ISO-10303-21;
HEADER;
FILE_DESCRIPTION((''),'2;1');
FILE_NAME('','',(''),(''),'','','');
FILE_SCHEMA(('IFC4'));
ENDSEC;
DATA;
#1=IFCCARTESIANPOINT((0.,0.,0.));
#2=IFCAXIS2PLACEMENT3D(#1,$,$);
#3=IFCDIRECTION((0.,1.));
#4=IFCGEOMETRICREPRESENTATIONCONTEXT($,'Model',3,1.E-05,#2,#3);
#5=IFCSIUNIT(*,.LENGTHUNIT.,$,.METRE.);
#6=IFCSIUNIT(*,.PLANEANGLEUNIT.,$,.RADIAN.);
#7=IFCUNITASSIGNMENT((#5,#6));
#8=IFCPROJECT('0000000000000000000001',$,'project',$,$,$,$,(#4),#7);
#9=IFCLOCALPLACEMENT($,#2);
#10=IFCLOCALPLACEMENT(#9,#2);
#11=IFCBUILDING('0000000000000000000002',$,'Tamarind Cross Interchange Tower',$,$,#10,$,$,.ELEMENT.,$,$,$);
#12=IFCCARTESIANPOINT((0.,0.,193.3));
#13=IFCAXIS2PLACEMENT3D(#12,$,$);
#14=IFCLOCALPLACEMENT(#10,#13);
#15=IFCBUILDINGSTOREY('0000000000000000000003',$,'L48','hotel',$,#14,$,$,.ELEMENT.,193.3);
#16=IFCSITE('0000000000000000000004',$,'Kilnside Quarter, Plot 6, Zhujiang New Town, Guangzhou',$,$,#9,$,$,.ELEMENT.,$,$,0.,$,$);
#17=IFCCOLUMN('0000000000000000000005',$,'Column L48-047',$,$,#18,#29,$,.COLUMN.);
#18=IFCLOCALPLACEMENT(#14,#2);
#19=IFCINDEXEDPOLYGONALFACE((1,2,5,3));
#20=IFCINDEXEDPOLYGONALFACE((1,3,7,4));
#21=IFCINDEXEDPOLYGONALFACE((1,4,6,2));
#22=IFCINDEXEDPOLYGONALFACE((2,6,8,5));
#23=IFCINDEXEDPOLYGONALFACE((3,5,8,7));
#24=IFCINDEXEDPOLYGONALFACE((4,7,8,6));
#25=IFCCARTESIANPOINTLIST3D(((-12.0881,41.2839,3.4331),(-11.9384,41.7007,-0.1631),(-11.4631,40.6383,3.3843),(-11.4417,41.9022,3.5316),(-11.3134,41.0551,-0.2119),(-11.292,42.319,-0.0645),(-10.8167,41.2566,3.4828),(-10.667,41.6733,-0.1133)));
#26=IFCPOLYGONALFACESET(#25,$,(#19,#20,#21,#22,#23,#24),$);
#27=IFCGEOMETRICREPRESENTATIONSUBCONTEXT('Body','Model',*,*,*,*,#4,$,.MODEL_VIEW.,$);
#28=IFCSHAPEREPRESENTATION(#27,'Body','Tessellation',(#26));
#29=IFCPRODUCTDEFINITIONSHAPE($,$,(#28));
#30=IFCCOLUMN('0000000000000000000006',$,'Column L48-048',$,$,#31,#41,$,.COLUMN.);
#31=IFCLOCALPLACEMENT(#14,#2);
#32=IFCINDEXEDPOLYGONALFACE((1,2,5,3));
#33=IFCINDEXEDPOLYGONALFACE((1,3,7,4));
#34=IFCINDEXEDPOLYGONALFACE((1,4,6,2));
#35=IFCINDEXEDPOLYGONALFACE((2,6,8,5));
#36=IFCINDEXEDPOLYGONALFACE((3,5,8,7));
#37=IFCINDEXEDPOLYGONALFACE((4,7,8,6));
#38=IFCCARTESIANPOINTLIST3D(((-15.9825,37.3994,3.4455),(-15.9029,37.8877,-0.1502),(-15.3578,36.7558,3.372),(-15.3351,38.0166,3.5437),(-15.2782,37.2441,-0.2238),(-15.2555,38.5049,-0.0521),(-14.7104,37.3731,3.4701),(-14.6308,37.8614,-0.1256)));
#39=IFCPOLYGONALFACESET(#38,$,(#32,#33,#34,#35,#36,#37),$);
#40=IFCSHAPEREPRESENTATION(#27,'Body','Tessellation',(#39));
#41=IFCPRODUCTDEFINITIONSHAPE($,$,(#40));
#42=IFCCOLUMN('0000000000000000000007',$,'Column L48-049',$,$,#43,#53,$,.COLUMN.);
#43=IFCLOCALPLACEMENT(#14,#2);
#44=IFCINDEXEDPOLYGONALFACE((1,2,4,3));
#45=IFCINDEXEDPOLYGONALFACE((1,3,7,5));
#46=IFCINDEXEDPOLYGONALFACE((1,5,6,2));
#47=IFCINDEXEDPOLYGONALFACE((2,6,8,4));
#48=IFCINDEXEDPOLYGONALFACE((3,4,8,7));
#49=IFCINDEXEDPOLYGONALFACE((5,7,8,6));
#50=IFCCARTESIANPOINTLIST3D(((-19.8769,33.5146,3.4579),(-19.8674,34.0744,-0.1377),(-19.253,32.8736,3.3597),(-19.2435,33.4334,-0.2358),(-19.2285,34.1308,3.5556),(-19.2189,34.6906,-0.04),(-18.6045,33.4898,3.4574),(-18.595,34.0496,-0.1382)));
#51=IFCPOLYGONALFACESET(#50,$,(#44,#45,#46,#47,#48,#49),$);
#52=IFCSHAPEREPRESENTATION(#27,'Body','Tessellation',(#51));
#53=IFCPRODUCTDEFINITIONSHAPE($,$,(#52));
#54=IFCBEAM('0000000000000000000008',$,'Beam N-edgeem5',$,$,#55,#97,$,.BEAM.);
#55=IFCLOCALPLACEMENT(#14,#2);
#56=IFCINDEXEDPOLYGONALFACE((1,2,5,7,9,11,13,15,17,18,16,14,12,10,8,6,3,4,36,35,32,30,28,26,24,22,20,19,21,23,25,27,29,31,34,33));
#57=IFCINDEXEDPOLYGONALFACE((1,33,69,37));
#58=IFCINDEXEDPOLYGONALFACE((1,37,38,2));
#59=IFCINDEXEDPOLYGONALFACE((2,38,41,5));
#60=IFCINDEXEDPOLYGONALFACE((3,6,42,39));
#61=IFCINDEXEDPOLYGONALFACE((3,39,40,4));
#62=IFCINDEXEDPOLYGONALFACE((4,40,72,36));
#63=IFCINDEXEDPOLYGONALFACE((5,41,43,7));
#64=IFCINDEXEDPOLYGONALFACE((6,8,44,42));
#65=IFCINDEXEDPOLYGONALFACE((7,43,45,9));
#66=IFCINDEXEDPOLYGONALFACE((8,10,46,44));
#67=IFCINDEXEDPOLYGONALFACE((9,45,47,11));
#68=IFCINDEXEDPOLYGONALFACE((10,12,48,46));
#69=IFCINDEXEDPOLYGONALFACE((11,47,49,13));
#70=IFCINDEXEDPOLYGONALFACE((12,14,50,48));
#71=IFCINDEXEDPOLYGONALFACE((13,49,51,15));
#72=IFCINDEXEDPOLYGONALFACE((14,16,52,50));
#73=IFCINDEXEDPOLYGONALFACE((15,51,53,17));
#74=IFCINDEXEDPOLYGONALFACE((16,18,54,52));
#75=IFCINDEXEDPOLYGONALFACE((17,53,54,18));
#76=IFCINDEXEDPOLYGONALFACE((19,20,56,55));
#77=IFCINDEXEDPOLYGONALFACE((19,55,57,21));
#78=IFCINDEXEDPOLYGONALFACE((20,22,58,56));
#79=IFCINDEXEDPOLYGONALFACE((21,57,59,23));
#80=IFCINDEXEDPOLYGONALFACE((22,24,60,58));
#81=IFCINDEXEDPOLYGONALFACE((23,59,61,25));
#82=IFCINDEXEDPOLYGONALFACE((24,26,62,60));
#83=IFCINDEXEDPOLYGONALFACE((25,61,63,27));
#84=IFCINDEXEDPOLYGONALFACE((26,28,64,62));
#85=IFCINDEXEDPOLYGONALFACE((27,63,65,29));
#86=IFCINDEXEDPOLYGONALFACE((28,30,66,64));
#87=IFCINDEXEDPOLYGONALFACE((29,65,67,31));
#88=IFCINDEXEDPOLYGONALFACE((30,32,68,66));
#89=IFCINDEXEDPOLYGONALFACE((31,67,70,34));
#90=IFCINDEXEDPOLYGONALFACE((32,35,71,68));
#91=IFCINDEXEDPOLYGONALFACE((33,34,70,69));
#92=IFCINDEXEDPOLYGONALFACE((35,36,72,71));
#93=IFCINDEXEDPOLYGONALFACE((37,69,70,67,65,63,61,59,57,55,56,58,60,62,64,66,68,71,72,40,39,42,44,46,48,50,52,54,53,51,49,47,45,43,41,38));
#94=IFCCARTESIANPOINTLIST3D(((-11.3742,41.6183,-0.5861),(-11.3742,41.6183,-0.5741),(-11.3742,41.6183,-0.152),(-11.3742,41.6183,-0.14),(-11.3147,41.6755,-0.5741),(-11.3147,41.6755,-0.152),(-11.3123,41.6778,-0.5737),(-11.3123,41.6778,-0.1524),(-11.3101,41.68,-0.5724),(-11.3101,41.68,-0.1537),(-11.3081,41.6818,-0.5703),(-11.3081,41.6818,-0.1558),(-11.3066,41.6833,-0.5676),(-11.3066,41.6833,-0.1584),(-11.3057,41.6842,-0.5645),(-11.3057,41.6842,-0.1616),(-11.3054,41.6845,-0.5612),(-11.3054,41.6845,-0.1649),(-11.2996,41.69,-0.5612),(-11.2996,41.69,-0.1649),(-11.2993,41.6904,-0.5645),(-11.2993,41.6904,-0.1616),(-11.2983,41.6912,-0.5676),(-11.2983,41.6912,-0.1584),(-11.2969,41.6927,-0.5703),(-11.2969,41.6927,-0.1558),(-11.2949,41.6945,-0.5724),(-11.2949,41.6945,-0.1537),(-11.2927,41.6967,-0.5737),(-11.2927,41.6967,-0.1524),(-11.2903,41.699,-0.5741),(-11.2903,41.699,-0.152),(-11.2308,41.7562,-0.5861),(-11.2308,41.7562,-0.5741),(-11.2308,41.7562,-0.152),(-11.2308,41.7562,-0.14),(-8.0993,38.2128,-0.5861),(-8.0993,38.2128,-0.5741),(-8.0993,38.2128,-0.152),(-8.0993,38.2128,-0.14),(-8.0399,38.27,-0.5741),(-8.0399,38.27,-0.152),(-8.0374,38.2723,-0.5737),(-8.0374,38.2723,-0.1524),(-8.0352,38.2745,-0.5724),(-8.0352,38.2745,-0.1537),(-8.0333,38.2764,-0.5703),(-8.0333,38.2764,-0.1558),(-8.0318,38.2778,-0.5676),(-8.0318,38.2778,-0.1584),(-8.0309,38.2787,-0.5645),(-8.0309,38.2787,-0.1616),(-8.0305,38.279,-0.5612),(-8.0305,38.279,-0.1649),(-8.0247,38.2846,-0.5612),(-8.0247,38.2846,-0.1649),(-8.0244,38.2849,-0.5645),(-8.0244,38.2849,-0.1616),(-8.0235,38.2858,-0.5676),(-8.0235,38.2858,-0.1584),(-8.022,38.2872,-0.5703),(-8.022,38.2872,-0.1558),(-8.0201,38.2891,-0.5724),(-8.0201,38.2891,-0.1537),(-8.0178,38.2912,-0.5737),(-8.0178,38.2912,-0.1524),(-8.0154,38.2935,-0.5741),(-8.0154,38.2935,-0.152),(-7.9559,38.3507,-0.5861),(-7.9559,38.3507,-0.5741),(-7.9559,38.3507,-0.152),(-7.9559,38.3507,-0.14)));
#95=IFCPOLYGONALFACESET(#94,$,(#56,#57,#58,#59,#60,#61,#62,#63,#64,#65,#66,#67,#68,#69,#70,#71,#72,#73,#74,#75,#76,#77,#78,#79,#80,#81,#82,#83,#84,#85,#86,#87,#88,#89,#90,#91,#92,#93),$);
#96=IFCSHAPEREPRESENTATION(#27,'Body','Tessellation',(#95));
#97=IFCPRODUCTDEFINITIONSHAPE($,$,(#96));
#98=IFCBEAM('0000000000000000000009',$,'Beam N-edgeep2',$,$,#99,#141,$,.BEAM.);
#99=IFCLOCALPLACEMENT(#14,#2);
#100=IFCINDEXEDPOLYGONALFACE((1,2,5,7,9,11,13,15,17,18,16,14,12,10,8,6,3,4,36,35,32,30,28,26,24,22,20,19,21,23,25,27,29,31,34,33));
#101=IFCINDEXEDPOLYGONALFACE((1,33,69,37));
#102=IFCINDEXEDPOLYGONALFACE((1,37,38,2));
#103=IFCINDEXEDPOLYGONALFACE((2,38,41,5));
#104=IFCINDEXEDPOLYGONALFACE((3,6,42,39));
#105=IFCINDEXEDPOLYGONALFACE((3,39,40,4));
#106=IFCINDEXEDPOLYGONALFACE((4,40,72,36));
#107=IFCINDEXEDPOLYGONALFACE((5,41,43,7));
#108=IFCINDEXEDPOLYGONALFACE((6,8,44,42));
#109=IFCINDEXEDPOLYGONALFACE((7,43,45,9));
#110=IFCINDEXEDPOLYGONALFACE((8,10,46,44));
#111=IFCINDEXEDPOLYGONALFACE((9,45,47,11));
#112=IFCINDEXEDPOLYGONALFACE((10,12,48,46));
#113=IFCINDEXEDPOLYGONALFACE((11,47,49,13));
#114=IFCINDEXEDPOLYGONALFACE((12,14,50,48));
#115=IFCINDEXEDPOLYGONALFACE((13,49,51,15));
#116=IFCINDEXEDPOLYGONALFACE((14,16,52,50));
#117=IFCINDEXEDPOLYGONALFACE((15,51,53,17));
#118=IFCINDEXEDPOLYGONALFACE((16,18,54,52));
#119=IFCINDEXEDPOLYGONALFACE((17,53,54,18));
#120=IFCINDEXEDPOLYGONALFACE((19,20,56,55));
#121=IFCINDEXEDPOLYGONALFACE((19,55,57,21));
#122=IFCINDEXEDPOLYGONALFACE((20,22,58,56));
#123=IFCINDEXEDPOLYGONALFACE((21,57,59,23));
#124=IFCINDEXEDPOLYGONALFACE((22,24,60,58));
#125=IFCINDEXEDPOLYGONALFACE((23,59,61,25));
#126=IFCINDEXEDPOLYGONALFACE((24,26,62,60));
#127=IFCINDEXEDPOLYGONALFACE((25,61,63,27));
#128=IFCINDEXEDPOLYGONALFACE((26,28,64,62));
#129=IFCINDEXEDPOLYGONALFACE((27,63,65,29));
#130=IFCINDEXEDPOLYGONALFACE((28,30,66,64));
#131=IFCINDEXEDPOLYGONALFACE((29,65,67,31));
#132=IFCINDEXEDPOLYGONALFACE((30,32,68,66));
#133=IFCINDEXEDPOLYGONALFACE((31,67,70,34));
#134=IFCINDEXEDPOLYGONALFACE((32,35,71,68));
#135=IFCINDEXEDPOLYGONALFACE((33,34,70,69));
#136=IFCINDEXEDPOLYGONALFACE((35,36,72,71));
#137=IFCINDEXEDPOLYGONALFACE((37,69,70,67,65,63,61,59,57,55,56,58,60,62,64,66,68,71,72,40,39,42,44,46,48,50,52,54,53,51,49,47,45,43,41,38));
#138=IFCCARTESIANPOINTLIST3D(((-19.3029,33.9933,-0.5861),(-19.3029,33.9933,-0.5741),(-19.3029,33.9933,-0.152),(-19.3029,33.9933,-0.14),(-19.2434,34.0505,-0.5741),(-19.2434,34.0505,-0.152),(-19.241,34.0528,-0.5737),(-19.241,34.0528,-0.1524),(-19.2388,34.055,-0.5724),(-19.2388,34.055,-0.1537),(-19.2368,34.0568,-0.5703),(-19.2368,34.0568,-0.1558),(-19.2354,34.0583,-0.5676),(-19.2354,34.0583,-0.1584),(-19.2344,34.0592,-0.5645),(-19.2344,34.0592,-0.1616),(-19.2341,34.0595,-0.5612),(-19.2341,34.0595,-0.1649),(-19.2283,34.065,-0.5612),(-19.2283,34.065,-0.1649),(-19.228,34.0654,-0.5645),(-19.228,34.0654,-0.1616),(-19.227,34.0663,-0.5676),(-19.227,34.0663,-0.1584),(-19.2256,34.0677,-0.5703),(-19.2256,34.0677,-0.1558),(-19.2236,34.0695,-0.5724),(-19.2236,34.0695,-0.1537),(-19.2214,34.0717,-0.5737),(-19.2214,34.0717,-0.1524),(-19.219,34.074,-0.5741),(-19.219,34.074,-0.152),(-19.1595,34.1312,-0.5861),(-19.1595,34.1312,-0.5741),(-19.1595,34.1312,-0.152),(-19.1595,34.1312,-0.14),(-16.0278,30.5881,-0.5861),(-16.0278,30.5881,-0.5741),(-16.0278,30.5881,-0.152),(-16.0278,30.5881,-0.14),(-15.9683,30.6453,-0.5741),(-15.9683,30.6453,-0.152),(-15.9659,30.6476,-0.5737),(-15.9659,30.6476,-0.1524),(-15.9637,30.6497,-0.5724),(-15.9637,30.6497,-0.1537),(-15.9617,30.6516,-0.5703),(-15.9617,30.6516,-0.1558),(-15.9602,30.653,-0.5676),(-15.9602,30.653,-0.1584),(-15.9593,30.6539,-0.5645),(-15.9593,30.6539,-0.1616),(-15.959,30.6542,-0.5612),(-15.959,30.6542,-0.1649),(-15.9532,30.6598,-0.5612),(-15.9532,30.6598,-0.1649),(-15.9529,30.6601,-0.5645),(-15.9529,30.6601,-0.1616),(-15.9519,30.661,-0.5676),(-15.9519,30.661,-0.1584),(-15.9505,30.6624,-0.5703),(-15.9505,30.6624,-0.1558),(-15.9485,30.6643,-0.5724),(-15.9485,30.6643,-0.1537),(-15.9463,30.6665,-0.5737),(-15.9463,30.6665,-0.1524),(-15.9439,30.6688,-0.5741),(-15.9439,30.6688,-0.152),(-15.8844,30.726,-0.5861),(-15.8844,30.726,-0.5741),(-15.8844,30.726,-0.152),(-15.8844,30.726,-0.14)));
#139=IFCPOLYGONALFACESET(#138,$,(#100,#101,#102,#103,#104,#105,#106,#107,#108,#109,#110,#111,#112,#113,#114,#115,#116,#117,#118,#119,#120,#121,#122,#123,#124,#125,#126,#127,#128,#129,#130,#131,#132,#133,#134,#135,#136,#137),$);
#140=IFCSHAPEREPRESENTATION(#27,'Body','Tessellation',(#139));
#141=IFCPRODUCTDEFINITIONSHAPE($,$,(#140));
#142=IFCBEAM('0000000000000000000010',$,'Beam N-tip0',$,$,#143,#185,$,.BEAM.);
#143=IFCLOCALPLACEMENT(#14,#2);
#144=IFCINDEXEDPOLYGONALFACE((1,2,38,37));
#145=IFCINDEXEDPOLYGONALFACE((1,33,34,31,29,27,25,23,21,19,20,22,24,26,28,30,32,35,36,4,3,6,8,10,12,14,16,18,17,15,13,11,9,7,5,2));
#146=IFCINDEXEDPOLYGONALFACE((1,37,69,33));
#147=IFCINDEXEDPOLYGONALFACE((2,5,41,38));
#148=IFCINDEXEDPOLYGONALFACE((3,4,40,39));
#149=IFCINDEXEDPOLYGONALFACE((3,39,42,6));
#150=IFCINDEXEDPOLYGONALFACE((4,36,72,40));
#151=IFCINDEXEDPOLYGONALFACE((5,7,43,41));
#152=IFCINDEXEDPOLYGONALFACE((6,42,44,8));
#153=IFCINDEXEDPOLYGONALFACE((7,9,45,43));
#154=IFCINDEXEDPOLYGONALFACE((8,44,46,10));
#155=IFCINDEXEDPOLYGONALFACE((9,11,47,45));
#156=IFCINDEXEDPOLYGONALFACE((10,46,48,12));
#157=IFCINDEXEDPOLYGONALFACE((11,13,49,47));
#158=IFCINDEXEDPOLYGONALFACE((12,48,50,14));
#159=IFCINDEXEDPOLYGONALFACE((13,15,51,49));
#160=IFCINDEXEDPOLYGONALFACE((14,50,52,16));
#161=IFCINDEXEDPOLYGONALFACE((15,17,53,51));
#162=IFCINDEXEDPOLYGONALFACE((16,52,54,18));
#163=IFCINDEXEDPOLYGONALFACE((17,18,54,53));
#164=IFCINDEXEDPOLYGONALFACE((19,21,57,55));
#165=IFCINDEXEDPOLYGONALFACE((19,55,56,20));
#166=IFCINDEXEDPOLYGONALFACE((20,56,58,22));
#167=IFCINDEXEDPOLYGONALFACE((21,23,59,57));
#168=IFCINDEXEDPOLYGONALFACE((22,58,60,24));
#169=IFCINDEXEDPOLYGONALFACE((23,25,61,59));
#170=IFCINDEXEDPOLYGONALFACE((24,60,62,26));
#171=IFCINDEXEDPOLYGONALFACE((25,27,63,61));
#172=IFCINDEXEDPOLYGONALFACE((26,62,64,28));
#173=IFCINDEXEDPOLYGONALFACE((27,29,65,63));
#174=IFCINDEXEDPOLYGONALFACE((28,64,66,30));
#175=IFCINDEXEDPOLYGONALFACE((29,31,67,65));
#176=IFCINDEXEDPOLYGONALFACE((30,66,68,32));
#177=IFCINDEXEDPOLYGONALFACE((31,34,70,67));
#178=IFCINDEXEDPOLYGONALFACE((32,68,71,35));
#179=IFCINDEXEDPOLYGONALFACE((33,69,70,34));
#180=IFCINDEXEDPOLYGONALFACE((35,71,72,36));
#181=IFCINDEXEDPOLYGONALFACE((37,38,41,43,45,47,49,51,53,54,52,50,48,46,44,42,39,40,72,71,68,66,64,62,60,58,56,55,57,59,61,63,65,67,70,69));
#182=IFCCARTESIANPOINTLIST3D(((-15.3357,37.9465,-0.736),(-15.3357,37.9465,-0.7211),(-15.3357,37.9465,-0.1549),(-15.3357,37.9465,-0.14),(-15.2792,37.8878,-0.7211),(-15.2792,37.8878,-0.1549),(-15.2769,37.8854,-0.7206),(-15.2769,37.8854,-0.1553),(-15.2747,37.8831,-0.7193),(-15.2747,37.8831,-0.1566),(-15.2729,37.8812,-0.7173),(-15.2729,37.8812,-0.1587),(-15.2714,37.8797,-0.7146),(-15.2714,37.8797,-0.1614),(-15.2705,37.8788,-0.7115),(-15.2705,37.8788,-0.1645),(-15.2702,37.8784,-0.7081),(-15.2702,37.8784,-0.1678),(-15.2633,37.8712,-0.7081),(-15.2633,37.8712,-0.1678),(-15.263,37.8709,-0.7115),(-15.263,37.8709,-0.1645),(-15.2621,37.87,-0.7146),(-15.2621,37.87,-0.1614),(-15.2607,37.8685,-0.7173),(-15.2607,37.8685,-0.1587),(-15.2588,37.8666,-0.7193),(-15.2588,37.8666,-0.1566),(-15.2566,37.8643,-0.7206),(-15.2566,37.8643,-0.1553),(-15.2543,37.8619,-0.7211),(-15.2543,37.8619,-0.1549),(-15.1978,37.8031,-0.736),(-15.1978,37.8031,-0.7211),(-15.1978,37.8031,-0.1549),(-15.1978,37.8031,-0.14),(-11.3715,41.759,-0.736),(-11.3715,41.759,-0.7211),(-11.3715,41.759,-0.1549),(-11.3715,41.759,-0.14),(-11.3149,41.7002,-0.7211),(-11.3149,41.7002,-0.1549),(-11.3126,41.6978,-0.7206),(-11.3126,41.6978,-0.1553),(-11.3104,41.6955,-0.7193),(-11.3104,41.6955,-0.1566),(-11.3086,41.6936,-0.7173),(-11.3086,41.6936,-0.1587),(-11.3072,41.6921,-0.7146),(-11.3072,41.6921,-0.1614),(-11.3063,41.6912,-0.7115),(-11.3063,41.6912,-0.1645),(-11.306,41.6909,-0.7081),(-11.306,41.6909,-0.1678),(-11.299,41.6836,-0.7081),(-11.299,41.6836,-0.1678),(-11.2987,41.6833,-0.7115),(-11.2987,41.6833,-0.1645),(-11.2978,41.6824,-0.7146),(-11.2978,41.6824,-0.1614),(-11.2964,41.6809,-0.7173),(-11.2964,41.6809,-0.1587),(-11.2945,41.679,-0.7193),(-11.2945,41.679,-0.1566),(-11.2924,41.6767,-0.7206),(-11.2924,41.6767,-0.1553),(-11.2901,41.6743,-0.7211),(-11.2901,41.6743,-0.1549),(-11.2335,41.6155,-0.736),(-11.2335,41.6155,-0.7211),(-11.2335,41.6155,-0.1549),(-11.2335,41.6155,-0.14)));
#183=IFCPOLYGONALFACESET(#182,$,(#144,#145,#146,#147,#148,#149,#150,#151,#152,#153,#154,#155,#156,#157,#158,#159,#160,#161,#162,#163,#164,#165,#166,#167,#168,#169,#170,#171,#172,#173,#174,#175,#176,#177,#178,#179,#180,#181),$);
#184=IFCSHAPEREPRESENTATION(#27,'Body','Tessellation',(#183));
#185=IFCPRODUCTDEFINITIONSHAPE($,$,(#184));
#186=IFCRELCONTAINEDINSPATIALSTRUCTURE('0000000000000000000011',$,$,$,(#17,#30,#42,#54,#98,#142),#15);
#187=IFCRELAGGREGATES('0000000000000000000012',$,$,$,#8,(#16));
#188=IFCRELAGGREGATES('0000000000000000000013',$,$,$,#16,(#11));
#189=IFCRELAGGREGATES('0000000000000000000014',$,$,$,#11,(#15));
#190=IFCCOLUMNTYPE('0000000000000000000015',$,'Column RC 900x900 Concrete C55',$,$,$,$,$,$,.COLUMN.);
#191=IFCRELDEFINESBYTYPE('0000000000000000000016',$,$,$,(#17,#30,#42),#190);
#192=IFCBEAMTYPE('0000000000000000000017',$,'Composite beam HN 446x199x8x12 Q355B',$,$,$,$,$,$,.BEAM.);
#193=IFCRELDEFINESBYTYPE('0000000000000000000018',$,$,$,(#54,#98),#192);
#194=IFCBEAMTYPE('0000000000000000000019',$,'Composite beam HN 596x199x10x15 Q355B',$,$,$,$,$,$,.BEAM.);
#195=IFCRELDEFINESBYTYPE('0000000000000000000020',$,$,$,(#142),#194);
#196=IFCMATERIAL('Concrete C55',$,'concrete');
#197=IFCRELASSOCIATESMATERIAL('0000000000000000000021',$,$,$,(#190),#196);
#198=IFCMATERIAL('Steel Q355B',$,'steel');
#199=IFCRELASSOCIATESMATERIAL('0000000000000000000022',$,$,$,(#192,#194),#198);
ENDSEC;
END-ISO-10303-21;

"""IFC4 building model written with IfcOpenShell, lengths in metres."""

from ifc_helpers import new_model, si_unit, direction, frame, origin, origin_2d, place, context, subcontext, project, spatial, rectangle, i_section, extrude, material, material_profile, profile_set, type_object, element, save


model = new_model("IFC4")

# Units and contexts
model_context = context("Model", 3, precision=1e-05, world=origin(), true_north=direction((0.0, 1.0)))
body_context = subcontext(model_context, "Body", "Model", "MODEL_VIEW")
ifc_project = project(units=[si_unit("LENGTHUNIT", "METRE"), si_unit("PLANEANGLEUNIT", "RADIAN")], contexts=[model_context])

# Site, building, storey
site_placement = place(None, origin())
site = spatial("IfcSite", under=ifc_project, at=site_placement, Name="Kilnside Quarter, Plot 6, Zhujiang New Town, Guangzhou", CompositionType="ELEMENT", RefElevation=0.0)
building_placement = place(site_placement, origin())
building = spatial("IfcBuilding", under=site, at=building_placement, Name="Tamarind Cross Interchange Tower", CompositionType="ELEMENT")
storey_placement = place(building_placement, frame((0.0, 0.0, 193.3)))
storey = spatial("IfcBuildingStorey", under=building, at=storey_placement, Name="L48", Description="hotel", CompositionType="ELEMENT", Elevation=193.3)

# Columns
ifc_material_1 = material(Name="Concrete C55", Category="concrete")
ifc_material_profile_1 = material_profile(ifc_material_1, rectangle(XDim=0.8999, YDim=0.8999, at=origin_2d()), Name="RC 900x900")
ifc_profile_set_1 = profile_set([ifc_material_profile_1], Name="Concrete C55")
column_type = type_object("IfcColumnType", Name="Column RC 900x900 Concrete C55", PredefinedType="COLUMN", material=ifc_profile_set_1)
column_1_placement = place(storey_placement, frame((-11.3027, 41.687, -0.1382), z_axis=(-0.041304, -0.115017, 0.992504), x_axis=(0.718308, 0.687053, 0.109513)))
element("IfcColumn", 1, at=column_1_placement, inside=storey, type_object=column_type, Name="Column L48-047", PredefinedType="COLUMN", context=body_context, shape_type="SweptSolid", body=[
    extrude(rectangle(XDim=0.8999, YDim=0.8999, at=origin_2d()), origin(), (0.0, 0.0, 1.0), 3.6233),
])
column_2_placement = place(storey_placement, frame((-15.2668, 37.8745, -0.1379), z_axis=(-0.021928, -0.134528, 0.990667), x_axis=(0.719471, 0.685905, 0.109068)))
element("IfcColumn", 2, at=column_2_placement, inside=storey, type_object=column_type, Name="Column L48-048", PredefinedType="COLUMN", context=body_context, shape_type="SweptSolid", body=[
    extrude(rectangle(XDim=0.8999, YDim=0.8999, at=origin_2d()), origin(), (0.0, 0.0, 1.0), 3.6296),
])
column_3_placement = place(storey_placement, frame((-19.2312, 34.062, -0.1379), z_axis=(-0.002616, -0.153836, 0.988093), x_axis=(0.720593, 0.684812, 0.108526)))
element("IfcColumn", 3, at=column_3_placement, inside=storey, type_object=column_type, Name="Column L48-049", PredefinedType="COLUMN", context=body_context, shape_type="SweptSolid", body=[
    extrude(rectangle(XDim=0.8999, YDim=0.8999, at=origin_2d()), origin(), (0.0, 0.0, 1.0), 3.6389),
])

# Beams
ifc_material_2 = material(Name="Steel Q355B", Category="steel")
ifc_material_profile_2 = material_profile(ifc_material_2, i_section(OverallWidth=0.199, OverallDepth=0.446, WebThickness=0.0081, FlangeThickness=0.012, FilletRadius=0.0129, at=origin_2d()), Name="HN 446x199x8x12")
ifc_profile_set_2 = profile_set([ifc_material_profile_2], Name="Steel Q355B")
beam_type_1 = type_object("IfcBeamType", Name="Composite beam HN 446x199x8x12 Q355B", PredefinedType="BEAM", material=ifc_profile_set_2)
for number, where, z_axis, x_axis, name in (
    (4, (-11.3025, 41.6873, -0.363), (0.693149, -0.720794, 0.0), (0.720794, 0.693149, 0.0), "Beam N-edgeem5"),
    (5, (-19.2312, 34.0623, -0.363), (0.693202, -0.720744, 0.0), (0.720744, 0.693202, 0.0), "Beam N-edgeep2"),
):
    element("IfcBeam", number, at=place(storey_placement, frame(where, z_axis=z_axis, x_axis=x_axis)), inside=storey, type_object=beam_type_1, Name=name, PredefinedType="BEAM", context=body_context, shape_type="SweptSolid", body=[
        extrude(i_section(OverallWidth=0.199, OverallDepth=0.446, WebThickness=0.0081, FlangeThickness=0.012, FilletRadius=0.0129, at=origin_2d()), origin(), (0.0, 0.0, 1.0), 4.7246),
    ])
ifc_material_profile_3 = material_profile(ifc_material_2, i_section(OverallWidth=0.199, OverallDepth=0.5959, WebThickness=0.01, FlangeThickness=0.0149, FilletRadius=0.0129, at=origin_2d()), Name="HN 596x199x10x15")
ifc_profile_set_3 = profile_set([ifc_material_profile_3], Name="Steel Q355B")
beam_type_2 = type_object("IfcBeamType", Name="Composite beam HN 596x199x10x15 Q355B", PredefinedType="BEAM", material=ifc_profile_set_3)
for number, where, z_axis, x_axis, name in (
    (6, (-11.3025, 41.6873, -0.438), (-0.720777, -0.693167, 0.0), (0.693167, -0.720777, 0.0), "Beam N-tip0"),
):
    element("IfcBeam", number, at=place(storey_placement, frame(where, z_axis=z_axis, x_axis=x_axis)), inside=storey, type_object=beam_type_2, Name=name, PredefinedType="BEAM", context=body_context, shape_type="SweptSolid", body=[
        extrude(i_section(OverallWidth=0.199, OverallDepth=0.5959, WebThickness=0.01, FlangeThickness=0.0149, FilletRadius=0.0129, at=origin_2d()), origin(), (0.0, 0.0, 1.0), 5.5),
    ])

save(model, "model.ifc")
